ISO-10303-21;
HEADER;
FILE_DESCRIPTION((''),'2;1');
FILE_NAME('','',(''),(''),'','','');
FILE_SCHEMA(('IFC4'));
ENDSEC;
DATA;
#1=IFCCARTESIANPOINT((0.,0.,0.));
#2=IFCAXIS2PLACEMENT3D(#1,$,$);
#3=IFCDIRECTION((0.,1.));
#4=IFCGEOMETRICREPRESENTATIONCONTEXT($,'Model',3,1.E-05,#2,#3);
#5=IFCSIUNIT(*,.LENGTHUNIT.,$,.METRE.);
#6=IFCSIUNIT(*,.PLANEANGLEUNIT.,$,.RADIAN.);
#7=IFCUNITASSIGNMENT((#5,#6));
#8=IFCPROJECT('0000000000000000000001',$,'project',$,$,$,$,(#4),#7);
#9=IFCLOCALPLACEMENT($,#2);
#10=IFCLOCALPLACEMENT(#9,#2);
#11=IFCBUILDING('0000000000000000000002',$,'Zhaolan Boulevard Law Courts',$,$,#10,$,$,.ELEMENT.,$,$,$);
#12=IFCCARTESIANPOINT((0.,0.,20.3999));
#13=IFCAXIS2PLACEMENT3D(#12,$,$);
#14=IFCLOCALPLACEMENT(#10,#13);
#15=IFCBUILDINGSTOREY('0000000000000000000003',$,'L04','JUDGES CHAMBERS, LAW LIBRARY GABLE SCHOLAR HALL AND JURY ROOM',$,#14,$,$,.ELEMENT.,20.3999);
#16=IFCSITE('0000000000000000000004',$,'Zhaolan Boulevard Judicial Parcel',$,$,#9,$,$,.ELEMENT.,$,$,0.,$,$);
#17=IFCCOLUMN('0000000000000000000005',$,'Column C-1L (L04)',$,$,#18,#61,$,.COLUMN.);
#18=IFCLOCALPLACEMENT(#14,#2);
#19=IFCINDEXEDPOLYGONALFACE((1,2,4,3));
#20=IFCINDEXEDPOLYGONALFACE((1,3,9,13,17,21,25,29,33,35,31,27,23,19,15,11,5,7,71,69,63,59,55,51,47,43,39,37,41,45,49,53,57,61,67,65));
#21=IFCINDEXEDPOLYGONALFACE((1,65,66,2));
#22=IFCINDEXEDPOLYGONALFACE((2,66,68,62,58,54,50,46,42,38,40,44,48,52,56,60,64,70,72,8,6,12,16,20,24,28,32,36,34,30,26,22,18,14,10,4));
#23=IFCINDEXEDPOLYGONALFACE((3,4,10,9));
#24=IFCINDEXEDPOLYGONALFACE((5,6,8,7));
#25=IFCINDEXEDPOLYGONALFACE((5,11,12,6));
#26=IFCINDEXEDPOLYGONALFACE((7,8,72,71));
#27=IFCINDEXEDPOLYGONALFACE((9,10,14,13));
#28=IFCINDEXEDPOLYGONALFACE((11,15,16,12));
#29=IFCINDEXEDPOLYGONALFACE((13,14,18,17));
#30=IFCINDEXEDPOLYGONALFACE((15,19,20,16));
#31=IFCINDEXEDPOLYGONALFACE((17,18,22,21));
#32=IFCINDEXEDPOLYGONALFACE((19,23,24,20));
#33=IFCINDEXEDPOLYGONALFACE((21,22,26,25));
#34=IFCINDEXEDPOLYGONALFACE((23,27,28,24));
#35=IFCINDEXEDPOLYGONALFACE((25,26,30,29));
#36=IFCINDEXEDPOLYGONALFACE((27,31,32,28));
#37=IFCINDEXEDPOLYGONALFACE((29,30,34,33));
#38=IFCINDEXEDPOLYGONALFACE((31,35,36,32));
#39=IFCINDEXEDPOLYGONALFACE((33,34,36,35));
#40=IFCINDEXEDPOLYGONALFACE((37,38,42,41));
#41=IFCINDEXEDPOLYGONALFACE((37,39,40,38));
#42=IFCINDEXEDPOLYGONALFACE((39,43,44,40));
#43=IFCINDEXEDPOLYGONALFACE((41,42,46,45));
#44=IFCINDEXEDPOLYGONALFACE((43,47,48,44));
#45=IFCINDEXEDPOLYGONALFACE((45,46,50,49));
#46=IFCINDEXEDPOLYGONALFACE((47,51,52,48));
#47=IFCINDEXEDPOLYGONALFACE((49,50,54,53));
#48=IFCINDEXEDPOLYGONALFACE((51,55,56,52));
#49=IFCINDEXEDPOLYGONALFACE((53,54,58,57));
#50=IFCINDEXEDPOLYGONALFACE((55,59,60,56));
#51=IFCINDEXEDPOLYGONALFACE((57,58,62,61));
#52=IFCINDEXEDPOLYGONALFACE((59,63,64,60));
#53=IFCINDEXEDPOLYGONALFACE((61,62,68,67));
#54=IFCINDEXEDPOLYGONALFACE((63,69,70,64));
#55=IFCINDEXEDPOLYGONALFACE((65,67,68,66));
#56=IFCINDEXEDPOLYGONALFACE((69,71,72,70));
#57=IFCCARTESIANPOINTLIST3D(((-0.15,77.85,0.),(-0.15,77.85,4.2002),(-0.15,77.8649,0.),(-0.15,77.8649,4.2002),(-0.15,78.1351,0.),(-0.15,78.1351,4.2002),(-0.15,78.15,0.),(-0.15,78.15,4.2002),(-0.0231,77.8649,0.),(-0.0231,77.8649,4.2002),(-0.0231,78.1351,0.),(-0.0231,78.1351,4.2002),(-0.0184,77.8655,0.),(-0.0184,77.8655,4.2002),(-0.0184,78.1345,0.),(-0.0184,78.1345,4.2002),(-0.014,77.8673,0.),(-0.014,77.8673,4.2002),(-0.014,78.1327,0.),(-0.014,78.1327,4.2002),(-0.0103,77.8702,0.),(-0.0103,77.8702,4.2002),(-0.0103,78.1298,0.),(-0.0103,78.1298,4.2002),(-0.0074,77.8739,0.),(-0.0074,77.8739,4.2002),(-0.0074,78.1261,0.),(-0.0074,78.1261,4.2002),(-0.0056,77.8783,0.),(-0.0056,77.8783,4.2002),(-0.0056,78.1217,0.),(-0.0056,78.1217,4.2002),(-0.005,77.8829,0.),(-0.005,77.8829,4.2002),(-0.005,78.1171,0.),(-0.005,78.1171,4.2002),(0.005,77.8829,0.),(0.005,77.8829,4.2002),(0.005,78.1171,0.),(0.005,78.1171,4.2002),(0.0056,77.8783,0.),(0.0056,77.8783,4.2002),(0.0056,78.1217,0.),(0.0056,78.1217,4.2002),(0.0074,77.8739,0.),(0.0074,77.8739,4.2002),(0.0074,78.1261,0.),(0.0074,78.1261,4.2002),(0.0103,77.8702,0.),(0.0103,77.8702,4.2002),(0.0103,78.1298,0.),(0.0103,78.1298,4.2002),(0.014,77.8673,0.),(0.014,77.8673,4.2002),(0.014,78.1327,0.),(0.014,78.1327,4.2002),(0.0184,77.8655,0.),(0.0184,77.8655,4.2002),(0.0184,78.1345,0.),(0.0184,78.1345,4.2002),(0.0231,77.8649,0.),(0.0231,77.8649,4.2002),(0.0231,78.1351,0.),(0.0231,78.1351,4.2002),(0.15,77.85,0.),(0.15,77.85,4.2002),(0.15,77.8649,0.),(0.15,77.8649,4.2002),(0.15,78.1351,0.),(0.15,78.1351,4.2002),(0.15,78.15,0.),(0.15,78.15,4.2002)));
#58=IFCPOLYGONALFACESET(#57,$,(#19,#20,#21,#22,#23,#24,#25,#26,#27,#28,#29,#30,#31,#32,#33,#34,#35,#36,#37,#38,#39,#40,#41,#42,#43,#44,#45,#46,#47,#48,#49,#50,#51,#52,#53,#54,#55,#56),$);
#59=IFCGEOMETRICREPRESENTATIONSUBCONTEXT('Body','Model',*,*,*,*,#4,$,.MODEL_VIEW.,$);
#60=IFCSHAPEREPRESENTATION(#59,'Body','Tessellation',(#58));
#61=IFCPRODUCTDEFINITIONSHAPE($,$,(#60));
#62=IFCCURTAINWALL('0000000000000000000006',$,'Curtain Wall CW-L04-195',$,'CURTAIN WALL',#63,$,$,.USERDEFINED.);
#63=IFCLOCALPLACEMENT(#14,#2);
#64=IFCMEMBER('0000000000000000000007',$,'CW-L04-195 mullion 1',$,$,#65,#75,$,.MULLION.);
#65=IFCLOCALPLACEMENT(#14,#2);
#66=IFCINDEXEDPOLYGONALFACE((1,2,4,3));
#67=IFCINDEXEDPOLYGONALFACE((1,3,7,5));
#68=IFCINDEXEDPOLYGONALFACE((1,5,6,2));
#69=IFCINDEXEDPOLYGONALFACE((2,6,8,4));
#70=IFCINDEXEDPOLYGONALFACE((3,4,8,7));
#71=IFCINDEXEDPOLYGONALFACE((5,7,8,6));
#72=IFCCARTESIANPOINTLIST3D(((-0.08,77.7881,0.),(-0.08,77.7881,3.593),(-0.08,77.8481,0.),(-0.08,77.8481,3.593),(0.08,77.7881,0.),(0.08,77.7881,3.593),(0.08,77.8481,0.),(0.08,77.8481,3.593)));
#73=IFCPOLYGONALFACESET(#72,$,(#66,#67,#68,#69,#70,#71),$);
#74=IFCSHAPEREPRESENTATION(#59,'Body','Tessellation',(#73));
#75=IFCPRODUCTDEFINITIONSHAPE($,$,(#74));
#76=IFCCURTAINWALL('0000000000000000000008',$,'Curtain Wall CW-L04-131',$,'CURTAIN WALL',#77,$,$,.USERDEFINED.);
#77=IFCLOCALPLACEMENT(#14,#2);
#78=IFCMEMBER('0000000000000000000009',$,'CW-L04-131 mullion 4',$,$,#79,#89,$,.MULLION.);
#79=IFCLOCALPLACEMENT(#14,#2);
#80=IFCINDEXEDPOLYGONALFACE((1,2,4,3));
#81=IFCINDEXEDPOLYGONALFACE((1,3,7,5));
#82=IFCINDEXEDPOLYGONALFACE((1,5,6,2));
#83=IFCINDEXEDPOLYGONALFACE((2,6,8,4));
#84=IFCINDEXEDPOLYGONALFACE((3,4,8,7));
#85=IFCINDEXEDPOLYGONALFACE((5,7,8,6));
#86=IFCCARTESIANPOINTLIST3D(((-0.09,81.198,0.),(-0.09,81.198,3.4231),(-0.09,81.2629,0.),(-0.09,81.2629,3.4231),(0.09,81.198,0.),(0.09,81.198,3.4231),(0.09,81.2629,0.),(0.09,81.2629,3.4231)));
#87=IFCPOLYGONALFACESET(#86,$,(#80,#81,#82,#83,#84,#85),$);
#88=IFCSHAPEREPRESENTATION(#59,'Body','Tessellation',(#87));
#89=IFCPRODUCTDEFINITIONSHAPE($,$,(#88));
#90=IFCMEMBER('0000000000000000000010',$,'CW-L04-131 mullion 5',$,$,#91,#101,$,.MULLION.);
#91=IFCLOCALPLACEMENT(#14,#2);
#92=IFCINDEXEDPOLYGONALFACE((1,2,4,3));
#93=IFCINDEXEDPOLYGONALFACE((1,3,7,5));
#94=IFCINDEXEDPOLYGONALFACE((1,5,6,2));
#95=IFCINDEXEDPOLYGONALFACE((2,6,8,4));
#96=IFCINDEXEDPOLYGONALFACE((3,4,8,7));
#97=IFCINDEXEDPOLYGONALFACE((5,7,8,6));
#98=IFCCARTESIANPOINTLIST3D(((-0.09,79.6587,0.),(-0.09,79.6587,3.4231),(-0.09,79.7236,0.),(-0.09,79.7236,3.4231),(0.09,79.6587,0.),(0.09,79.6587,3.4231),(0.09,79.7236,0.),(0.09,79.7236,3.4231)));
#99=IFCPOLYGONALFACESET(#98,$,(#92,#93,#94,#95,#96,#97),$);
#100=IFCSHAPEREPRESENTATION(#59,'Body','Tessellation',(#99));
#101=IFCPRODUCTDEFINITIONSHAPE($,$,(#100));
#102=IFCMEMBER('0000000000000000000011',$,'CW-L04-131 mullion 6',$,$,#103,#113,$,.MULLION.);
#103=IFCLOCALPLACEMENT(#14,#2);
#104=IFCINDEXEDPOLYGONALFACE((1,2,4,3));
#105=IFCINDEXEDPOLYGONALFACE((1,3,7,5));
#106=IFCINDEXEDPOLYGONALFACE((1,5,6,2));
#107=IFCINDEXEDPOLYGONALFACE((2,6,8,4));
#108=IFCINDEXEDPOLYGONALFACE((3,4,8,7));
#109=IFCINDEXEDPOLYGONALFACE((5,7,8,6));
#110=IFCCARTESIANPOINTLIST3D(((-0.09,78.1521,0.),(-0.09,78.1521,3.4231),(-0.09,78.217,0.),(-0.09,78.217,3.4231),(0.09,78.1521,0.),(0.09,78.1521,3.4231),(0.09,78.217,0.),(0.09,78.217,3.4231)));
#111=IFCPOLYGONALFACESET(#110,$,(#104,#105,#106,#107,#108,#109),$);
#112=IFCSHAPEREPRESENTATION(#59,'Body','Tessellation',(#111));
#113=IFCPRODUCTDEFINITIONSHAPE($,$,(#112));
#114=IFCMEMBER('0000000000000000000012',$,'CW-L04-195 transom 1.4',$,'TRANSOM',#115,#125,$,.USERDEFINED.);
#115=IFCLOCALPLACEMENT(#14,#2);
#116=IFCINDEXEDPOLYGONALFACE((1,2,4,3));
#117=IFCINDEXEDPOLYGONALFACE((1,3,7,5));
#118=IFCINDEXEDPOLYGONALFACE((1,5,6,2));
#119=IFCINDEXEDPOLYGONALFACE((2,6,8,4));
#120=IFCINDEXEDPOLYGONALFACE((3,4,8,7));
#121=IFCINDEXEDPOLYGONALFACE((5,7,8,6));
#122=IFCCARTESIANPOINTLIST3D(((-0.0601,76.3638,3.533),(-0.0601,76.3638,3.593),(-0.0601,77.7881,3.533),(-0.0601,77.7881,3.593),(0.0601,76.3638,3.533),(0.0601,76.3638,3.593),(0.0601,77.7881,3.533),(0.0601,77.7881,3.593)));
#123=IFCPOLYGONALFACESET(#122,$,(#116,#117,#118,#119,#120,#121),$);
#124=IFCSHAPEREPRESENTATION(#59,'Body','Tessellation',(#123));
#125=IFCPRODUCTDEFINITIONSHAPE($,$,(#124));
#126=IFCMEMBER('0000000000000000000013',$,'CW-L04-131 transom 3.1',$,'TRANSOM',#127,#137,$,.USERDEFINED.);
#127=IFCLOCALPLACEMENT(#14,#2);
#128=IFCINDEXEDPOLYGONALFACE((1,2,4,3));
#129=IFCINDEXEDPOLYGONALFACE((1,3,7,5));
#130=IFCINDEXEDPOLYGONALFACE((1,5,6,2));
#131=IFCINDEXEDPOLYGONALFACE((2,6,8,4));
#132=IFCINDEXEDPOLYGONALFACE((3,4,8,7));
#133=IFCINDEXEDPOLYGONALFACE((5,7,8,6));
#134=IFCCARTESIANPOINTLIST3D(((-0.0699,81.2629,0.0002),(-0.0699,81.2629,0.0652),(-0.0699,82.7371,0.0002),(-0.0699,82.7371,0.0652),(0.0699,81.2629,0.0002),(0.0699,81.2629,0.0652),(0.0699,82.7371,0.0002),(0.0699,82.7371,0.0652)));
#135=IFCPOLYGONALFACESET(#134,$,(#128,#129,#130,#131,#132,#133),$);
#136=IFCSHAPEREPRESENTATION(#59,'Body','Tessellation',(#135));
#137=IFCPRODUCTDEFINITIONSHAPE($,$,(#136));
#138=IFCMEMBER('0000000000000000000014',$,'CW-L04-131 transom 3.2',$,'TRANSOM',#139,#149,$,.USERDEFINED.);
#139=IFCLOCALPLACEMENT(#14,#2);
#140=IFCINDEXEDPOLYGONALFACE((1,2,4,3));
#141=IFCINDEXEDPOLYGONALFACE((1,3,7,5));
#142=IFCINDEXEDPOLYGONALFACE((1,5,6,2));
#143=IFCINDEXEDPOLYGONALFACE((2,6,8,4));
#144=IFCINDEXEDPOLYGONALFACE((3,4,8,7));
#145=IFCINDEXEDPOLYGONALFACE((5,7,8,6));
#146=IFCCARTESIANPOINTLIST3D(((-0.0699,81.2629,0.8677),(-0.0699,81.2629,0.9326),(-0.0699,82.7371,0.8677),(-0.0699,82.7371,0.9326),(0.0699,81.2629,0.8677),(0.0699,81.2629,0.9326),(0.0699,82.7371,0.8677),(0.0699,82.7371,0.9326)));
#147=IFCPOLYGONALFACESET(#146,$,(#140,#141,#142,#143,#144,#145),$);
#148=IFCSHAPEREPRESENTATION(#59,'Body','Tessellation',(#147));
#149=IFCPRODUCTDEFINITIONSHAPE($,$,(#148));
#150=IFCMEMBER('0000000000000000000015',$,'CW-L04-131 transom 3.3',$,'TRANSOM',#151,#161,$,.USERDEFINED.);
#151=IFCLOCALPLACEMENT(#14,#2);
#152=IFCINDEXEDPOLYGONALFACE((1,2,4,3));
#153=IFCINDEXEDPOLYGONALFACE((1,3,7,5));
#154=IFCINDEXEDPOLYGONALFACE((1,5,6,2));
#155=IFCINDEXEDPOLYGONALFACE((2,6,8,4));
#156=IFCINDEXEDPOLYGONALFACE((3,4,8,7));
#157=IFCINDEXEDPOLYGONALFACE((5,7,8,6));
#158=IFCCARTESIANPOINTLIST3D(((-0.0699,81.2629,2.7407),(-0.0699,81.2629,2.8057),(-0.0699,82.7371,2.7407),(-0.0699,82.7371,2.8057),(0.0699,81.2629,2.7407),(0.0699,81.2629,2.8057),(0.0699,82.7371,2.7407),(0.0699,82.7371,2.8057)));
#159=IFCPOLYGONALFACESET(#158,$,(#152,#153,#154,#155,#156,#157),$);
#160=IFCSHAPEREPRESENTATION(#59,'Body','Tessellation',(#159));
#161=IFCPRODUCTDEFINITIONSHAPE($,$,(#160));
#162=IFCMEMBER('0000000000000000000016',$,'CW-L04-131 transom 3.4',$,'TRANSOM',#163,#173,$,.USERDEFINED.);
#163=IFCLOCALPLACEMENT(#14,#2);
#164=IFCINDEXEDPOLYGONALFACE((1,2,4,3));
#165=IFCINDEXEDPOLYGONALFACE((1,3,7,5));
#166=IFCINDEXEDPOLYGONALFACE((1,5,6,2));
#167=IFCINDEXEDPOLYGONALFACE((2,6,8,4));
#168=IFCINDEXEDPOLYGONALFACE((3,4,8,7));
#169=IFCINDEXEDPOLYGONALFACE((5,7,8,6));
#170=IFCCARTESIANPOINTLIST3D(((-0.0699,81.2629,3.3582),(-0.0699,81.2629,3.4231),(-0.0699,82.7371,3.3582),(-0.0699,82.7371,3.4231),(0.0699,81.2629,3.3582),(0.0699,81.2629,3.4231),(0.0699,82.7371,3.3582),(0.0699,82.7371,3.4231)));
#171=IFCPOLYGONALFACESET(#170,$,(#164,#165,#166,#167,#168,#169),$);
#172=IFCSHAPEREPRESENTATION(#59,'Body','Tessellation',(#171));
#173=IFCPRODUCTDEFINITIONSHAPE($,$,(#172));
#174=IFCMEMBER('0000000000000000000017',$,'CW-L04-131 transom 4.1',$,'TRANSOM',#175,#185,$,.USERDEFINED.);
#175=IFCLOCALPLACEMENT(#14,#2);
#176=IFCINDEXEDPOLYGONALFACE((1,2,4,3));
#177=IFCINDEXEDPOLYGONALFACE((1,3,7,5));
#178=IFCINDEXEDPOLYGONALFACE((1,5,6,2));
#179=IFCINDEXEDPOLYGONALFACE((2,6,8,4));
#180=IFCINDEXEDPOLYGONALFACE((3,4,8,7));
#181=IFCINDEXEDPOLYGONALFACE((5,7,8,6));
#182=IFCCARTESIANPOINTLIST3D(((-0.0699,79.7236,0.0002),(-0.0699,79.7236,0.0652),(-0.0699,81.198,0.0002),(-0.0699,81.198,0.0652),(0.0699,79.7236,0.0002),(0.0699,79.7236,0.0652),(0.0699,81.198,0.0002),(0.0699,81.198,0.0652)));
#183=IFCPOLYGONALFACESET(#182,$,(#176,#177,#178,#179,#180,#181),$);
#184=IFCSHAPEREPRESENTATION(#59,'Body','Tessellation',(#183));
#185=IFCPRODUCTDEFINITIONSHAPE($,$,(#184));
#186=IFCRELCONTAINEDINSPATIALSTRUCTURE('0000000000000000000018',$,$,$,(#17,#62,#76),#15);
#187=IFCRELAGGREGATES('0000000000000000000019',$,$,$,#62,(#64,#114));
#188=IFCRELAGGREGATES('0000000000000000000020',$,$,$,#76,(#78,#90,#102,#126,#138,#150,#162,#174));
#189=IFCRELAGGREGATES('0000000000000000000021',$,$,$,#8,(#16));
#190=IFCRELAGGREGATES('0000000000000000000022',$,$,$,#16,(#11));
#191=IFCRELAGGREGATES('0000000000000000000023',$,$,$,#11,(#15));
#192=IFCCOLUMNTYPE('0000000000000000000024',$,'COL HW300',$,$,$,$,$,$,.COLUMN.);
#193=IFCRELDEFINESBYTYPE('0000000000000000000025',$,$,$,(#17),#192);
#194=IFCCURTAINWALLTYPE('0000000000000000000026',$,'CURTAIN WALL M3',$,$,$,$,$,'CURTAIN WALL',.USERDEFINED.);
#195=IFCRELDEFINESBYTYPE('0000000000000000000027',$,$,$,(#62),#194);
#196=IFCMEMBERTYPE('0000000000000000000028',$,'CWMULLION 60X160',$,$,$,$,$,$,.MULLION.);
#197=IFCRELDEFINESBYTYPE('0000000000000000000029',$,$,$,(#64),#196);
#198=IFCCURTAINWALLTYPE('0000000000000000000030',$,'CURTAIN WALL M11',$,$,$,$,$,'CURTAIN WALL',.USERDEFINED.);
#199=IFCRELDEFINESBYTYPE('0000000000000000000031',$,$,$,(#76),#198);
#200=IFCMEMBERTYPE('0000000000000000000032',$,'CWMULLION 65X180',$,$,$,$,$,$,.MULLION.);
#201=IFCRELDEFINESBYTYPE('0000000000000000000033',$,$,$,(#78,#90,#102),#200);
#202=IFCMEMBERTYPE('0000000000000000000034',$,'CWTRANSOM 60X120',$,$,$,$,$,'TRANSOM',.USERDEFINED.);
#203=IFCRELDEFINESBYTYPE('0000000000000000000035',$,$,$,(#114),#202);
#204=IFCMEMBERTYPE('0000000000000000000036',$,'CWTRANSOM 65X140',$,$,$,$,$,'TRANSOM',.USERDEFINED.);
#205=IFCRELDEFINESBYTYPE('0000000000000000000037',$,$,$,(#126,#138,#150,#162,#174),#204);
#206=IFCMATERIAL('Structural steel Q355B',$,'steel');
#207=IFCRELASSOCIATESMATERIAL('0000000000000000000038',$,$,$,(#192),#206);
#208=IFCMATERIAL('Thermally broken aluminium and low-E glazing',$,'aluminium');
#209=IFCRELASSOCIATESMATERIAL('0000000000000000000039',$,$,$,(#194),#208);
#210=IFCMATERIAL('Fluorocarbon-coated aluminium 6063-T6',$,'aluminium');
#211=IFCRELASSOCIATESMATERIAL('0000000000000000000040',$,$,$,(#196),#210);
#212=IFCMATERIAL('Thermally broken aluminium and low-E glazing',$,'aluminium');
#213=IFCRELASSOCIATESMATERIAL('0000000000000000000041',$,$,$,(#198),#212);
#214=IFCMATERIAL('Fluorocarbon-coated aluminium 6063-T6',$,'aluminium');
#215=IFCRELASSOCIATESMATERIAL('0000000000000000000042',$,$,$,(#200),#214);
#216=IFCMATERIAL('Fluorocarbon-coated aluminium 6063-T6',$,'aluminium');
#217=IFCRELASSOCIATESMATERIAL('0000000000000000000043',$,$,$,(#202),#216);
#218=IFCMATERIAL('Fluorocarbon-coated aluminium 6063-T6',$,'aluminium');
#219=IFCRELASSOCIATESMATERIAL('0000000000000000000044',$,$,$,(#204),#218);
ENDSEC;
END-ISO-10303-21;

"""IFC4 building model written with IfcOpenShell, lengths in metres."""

from ifc_helpers import new_model, si_unit, direction, frame, origin, origin_2d, place, context, subcontext, project, spatial, rectangle, i_section, extrude, material, material_profile, profile_set, type_object, element, aggregate, save


model = new_model("IFC4")

# Units and contexts
model_context = context("Model", 3, precision=1e-05, world=origin(), true_north=direction((0.0, 1.0)))
body_context = subcontext(model_context, "Body", "Model", "MODEL_VIEW")
ifc_project = project(units=[si_unit("LENGTHUNIT", "METRE"), si_unit("PLANEANGLEUNIT", "RADIAN")], contexts=[model_context])

# Site, building, storey
site_placement = place(None, origin())
site = spatial("IfcSite", under=ifc_project, at=site_placement, Name="Zhaolan Boulevard Judicial Parcel", CompositionType="ELEMENT", RefElevation=0.0)
building_placement = place(site_placement, origin())
building = spatial("IfcBuilding", under=site, at=building_placement, Name="Zhaolan Boulevard Law Courts", CompositionType="ELEMENT")
storey_placement = place(building_placement, frame((0.0, 0.0, 20.3999)))
storey = spatial("IfcBuildingStorey", under=building, at=storey_placement, Name="L04", Description="JUDGES CHAMBERS, LAW LIBRARY GABLE SCHOLAR HALL AND JURY ROOM", CompositionType="ELEMENT", Elevation=20.3999)

# Column
ifc_material_1 = material(Name="Structural steel Q355B", Category="steel")
ifc_material_profile_1 = material_profile(ifc_material_1, i_section(OverallWidth=0.3, OverallDepth=0.3, WebThickness=0.01, FlangeThickness=0.0149, FilletRadius=0.0181, at=origin_2d()), Name="HW300x300")
ifc_profile_set_1 = profile_set([ifc_material_profile_1], Name="Structural steel Q355B")
column_type = type_object("IfcColumnType", Name="COL HW300", PredefinedType="COLUMN", material=ifc_profile_set_1)
column_placement = place(storey_placement, frame((0.0, 78.0, 0.0), z_axis=(0.0, 0.0, 1.0), x_axis=(1.0, 0.0, 0.0)))
element("IfcColumn", 1, at=column_placement, inside=storey, type_object=column_type, Name="Column C-1L (L04)", PredefinedType="COLUMN", context=body_context, shape_type="SweptSolid", body=[
    extrude(i_section(OverallWidth=0.3, OverallDepth=0.3, WebThickness=0.01, FlangeThickness=0.0149, FilletRadius=0.0181, at=origin_2d()), origin(), (0.0, 0.0, 1.0), 4.2002),
])

# Curtain wall, member
ifc_material_2 = material(Name="Thermally broken aluminium and low-E glazing", Category="aluminium")
curtain_wall_type_1 = type_object("IfcCurtainWallType", Name="CURTAIN WALL M3", ElementType="CURTAIN WALL", PredefinedType="USERDEFINED", material=ifc_material_2)
curtain_wall_1_placement = place(storey_placement, origin())
curtain_wall_1 = element("IfcCurtainWall", 2, at=curtain_wall_1_placement, inside=storey, type_object=curtain_wall_type_1, Name="Curtain Wall CW-L04-195", ObjectType="CURTAIN WALL", PredefinedType="USERDEFINED")
ifc_material_3 = material(Name="Fluorocarbon-coated aluminium 6063-T6", Category="aluminium")
ifc_material_profile_2 = material_profile(ifc_material_3, rectangle(XDim=0.1599, YDim=0.0601, at=origin_2d()), Name="AL60x160")
ifc_profile_set_2 = profile_set([ifc_material_profile_2], Name="Fluorocarbon-coated aluminium 6063-T6")
member_type_1 = type_object("IfcMemberType", Name="CWMULLION 60X160", PredefinedType="MULLION", material=ifc_profile_set_2)
member_1_placement = place(storey_placement, frame((0.0, 77.8181, 0.0), z_axis=(0.0, 0.0, 1.0), x_axis=(1.0, 0.0, 0.0)))
member_1 = element("IfcMember", 3, at=member_1_placement, type_object=member_type_1, Name="CW-L04-195 mullion 1", PredefinedType="MULLION", context=body_context, shape_type="SweptSolid", body=[
    extrude(rectangle(XDim=0.1599, YDim=0.0601, at=origin_2d()), origin(), (0.0, 0.0, 1.0), 3.593),
])

# Curtain wall, members
ifc_material_4 = material(Name="Thermally broken aluminium and low-E glazing", Category="aluminium")
curtain_wall_type_2 = type_object("IfcCurtainWallType", Name="CURTAIN WALL M11", ElementType="CURTAIN WALL", PredefinedType="USERDEFINED", material=ifc_material_4)
curtain_wall_2_placement = place(storey_placement, origin())
curtain_wall_2 = element("IfcCurtainWall", 4, at=curtain_wall_2_placement, inside=storey, type_object=curtain_wall_type_2, Name="Curtain Wall CW-L04-131", ObjectType="CURTAIN WALL", PredefinedType="USERDEFINED")
ifc_material_5 = material(Name="Fluorocarbon-coated aluminium 6063-T6", Category="aluminium")
ifc_material_profile_3 = material_profile(ifc_material_5, rectangle(XDim=0.1799, YDim=0.0649, at=origin_2d()), Name="AL65x180")
ifc_profile_set_3 = profile_set([ifc_material_profile_3], Name="Fluorocarbon-coated aluminium 6063-T6")
member_type_2 = type_object("IfcMemberType", Name="CWMULLION 65X180", PredefinedType="MULLION", material=ifc_profile_set_3)
member_2_placement = place(storey_placement, frame((0.0, 81.2305, 0.0), z_axis=(0.0, 0.0, 1.0), x_axis=(1.0, 0.0, 0.0)))
member_2 = element("IfcMember", 5, at=member_2_placement, type_object=member_type_2, Name="CW-L04-131 mullion 4", PredefinedType="MULLION", context=body_context, shape_type="SweptSolid", body=[
    extrude(rectangle(XDim=0.1799, YDim=0.0649, at=origin_2d()), origin(), (0.0, 0.0, 1.0), 3.4231),
])
member_3_placement = place(storey_placement, frame((0.0, 79.6912, 0.0), z_axis=(0.0, 0.0, 1.0), x_axis=(1.0, 0.0, 0.0)))
member_3 = element("IfcMember", 6, at=member_3_placement, type_object=member_type_2, Name="CW-L04-131 mullion 5", PredefinedType="MULLION", context=body_context, shape_type="SweptSolid", body=[
    extrude(rectangle(XDim=0.1799, YDim=0.0649, at=origin_2d()), origin(), (0.0, 0.0, 1.0), 3.4231),
])
member_4_placement = place(storey_placement, frame((0.0, 78.1846, 0.0), z_axis=(0.0, 0.0, 1.0), x_axis=(1.0, 0.0, 0.0)))
member_4 = element("IfcMember", 7, at=member_4_placement, type_object=member_type_2, Name="CW-L04-131 mullion 6", PredefinedType="MULLION", context=body_context, shape_type="SweptSolid", body=[
    extrude(rectangle(XDim=0.1799, YDim=0.0649, at=origin_2d()), origin(), (0.0, 0.0, 1.0), 3.4231),
])

# Members
ifc_material_6 = material(Name="Fluorocarbon-coated aluminium 6063-T6", Category="aluminium")
ifc_material_profile_4 = material_profile(ifc_material_6, rectangle(XDim=0.1201, YDim=0.0601, at=origin_2d()), Name="AL60x120")
ifc_profile_set_4 = profile_set([ifc_material_profile_4], Name="Fluorocarbon-coated aluminium 6063-T6")
member_type_3 = type_object("IfcMemberType", Name="CWTRANSOM 60X120", ElementType="TRANSOM", PredefinedType="USERDEFINED", material=ifc_profile_set_4)
member_5_placement = place(storey_placement, frame((0.0, 77.7881, 3.563), z_axis=(0.0, -1.0, 0.0), x_axis=(1.0, 0.0, 0.0)))
member_5 = element("IfcMember", 8, at=member_5_placement, type_object=member_type_3, Name="CW-L04-195 transom 1.4", ObjectType="TRANSOM", PredefinedType="USERDEFINED", context=body_context, shape_type="SweptSolid", body=[
    extrude(rectangle(XDim=0.1201, YDim=0.0601, at=origin_2d()), origin(), (0.0, 0.0, 1.0), 1.4243),
])
aggregate(curtain_wall_1, [member_1, member_5])
ifc_material_7 = material(Name="Fluorocarbon-coated aluminium 6063-T6", Category="aluminium")
ifc_material_profile_5 = material_profile(ifc_material_7, rectangle(XDim=0.1399, YDim=0.0649, at=origin_2d()), Name="AL65x140")
ifc_profile_set_5 = profile_set([ifc_material_profile_5], Name="Fluorocarbon-coated aluminium 6063-T6")
member_type_4 = type_object("IfcMemberType", Name="CWTRANSOM 65X140", ElementType="TRANSOM", PredefinedType="USERDEFINED", material=ifc_profile_set_5)
member_6_placement = place(storey_placement, frame((0.0, 82.7371, 0.0327), z_axis=(0.0, -1.0, 0.0), x_axis=(1.0, 0.0, 0.0)))
member_6 = element("IfcMember", 9, at=member_6_placement, type_object=member_type_4, Name="CW-L04-131 transom 3.1", ObjectType="TRANSOM", PredefinedType="USERDEFINED", context=body_context, shape_type="SweptSolid", body=[
    extrude(rectangle(XDim=0.1399, YDim=0.0649, at=origin_2d()), origin(), (0.0, 0.0, 1.0), 1.4741),
])
member_7_placement = place(storey_placement, frame((0.0, 82.7371, 0.9001), z_axis=(0.0, -1.0, 0.0), x_axis=(1.0, 0.0, 0.0)))
member_7 = element("IfcMember", 10, at=member_7_placement, type_object=member_type_4, Name="CW-L04-131 transom 3.2", ObjectType="TRANSOM", PredefinedType="USERDEFINED", context=body_context, shape_type="SweptSolid", body=[
    extrude(rectangle(XDim=0.1399, YDim=0.0649, at=origin_2d()), origin(), (0.0, 0.0, 1.0), 1.4741),
])
member_8_placement = place(storey_placement, frame((0.0, 82.7371, 2.7732), z_axis=(0.0, -1.0, 0.0), x_axis=(1.0, 0.0, 0.0)))
member_8 = element("IfcMember", 11, at=member_8_placement, type_object=member_type_4, Name="CW-L04-131 transom 3.3", ObjectType="TRANSOM", PredefinedType="USERDEFINED", context=body_context, shape_type="SweptSolid", body=[
    extrude(rectangle(XDim=0.1399, YDim=0.0649, at=origin_2d()), origin(), (0.0, 0.0, 1.0), 1.4741),
])
member_9_placement = place(storey_placement, frame((0.0, 82.7371, 3.3906), z_axis=(0.0, -1.0, 0.0), x_axis=(1.0, 0.0, 0.0)))
member_9 = element("IfcMember", 12, at=member_9_placement, type_object=member_type_4, Name="CW-L04-131 transom 3.4", ObjectType="TRANSOM", PredefinedType="USERDEFINED", context=body_context, shape_type="SweptSolid", body=[
    extrude(rectangle(XDim=0.1399, YDim=0.0649, at=origin_2d()), origin(), (0.0, 0.0, 1.0), 1.4741),
])
member_10_placement = place(storey_placement, frame((0.0, 81.198, 0.0327), z_axis=(0.0, -1.0, 0.0), x_axis=(1.0, 0.0, 0.0)))
member_10 = element("IfcMember", 13, at=member_10_placement, type_object=member_type_4, Name="CW-L04-131 transom 4.1", ObjectType="TRANSOM", PredefinedType="USERDEFINED", context=body_context, shape_type="SweptSolid", body=[
    extrude(rectangle(XDim=0.1399, YDim=0.0649, at=origin_2d()), origin(), (0.0, 0.0, 1.0), 1.4744),
])

aggregate(curtain_wall_2, [member_2, member_3, member_4, member_6, member_7, member_8, member_9, member_10])

save(model, "model.ifc")
